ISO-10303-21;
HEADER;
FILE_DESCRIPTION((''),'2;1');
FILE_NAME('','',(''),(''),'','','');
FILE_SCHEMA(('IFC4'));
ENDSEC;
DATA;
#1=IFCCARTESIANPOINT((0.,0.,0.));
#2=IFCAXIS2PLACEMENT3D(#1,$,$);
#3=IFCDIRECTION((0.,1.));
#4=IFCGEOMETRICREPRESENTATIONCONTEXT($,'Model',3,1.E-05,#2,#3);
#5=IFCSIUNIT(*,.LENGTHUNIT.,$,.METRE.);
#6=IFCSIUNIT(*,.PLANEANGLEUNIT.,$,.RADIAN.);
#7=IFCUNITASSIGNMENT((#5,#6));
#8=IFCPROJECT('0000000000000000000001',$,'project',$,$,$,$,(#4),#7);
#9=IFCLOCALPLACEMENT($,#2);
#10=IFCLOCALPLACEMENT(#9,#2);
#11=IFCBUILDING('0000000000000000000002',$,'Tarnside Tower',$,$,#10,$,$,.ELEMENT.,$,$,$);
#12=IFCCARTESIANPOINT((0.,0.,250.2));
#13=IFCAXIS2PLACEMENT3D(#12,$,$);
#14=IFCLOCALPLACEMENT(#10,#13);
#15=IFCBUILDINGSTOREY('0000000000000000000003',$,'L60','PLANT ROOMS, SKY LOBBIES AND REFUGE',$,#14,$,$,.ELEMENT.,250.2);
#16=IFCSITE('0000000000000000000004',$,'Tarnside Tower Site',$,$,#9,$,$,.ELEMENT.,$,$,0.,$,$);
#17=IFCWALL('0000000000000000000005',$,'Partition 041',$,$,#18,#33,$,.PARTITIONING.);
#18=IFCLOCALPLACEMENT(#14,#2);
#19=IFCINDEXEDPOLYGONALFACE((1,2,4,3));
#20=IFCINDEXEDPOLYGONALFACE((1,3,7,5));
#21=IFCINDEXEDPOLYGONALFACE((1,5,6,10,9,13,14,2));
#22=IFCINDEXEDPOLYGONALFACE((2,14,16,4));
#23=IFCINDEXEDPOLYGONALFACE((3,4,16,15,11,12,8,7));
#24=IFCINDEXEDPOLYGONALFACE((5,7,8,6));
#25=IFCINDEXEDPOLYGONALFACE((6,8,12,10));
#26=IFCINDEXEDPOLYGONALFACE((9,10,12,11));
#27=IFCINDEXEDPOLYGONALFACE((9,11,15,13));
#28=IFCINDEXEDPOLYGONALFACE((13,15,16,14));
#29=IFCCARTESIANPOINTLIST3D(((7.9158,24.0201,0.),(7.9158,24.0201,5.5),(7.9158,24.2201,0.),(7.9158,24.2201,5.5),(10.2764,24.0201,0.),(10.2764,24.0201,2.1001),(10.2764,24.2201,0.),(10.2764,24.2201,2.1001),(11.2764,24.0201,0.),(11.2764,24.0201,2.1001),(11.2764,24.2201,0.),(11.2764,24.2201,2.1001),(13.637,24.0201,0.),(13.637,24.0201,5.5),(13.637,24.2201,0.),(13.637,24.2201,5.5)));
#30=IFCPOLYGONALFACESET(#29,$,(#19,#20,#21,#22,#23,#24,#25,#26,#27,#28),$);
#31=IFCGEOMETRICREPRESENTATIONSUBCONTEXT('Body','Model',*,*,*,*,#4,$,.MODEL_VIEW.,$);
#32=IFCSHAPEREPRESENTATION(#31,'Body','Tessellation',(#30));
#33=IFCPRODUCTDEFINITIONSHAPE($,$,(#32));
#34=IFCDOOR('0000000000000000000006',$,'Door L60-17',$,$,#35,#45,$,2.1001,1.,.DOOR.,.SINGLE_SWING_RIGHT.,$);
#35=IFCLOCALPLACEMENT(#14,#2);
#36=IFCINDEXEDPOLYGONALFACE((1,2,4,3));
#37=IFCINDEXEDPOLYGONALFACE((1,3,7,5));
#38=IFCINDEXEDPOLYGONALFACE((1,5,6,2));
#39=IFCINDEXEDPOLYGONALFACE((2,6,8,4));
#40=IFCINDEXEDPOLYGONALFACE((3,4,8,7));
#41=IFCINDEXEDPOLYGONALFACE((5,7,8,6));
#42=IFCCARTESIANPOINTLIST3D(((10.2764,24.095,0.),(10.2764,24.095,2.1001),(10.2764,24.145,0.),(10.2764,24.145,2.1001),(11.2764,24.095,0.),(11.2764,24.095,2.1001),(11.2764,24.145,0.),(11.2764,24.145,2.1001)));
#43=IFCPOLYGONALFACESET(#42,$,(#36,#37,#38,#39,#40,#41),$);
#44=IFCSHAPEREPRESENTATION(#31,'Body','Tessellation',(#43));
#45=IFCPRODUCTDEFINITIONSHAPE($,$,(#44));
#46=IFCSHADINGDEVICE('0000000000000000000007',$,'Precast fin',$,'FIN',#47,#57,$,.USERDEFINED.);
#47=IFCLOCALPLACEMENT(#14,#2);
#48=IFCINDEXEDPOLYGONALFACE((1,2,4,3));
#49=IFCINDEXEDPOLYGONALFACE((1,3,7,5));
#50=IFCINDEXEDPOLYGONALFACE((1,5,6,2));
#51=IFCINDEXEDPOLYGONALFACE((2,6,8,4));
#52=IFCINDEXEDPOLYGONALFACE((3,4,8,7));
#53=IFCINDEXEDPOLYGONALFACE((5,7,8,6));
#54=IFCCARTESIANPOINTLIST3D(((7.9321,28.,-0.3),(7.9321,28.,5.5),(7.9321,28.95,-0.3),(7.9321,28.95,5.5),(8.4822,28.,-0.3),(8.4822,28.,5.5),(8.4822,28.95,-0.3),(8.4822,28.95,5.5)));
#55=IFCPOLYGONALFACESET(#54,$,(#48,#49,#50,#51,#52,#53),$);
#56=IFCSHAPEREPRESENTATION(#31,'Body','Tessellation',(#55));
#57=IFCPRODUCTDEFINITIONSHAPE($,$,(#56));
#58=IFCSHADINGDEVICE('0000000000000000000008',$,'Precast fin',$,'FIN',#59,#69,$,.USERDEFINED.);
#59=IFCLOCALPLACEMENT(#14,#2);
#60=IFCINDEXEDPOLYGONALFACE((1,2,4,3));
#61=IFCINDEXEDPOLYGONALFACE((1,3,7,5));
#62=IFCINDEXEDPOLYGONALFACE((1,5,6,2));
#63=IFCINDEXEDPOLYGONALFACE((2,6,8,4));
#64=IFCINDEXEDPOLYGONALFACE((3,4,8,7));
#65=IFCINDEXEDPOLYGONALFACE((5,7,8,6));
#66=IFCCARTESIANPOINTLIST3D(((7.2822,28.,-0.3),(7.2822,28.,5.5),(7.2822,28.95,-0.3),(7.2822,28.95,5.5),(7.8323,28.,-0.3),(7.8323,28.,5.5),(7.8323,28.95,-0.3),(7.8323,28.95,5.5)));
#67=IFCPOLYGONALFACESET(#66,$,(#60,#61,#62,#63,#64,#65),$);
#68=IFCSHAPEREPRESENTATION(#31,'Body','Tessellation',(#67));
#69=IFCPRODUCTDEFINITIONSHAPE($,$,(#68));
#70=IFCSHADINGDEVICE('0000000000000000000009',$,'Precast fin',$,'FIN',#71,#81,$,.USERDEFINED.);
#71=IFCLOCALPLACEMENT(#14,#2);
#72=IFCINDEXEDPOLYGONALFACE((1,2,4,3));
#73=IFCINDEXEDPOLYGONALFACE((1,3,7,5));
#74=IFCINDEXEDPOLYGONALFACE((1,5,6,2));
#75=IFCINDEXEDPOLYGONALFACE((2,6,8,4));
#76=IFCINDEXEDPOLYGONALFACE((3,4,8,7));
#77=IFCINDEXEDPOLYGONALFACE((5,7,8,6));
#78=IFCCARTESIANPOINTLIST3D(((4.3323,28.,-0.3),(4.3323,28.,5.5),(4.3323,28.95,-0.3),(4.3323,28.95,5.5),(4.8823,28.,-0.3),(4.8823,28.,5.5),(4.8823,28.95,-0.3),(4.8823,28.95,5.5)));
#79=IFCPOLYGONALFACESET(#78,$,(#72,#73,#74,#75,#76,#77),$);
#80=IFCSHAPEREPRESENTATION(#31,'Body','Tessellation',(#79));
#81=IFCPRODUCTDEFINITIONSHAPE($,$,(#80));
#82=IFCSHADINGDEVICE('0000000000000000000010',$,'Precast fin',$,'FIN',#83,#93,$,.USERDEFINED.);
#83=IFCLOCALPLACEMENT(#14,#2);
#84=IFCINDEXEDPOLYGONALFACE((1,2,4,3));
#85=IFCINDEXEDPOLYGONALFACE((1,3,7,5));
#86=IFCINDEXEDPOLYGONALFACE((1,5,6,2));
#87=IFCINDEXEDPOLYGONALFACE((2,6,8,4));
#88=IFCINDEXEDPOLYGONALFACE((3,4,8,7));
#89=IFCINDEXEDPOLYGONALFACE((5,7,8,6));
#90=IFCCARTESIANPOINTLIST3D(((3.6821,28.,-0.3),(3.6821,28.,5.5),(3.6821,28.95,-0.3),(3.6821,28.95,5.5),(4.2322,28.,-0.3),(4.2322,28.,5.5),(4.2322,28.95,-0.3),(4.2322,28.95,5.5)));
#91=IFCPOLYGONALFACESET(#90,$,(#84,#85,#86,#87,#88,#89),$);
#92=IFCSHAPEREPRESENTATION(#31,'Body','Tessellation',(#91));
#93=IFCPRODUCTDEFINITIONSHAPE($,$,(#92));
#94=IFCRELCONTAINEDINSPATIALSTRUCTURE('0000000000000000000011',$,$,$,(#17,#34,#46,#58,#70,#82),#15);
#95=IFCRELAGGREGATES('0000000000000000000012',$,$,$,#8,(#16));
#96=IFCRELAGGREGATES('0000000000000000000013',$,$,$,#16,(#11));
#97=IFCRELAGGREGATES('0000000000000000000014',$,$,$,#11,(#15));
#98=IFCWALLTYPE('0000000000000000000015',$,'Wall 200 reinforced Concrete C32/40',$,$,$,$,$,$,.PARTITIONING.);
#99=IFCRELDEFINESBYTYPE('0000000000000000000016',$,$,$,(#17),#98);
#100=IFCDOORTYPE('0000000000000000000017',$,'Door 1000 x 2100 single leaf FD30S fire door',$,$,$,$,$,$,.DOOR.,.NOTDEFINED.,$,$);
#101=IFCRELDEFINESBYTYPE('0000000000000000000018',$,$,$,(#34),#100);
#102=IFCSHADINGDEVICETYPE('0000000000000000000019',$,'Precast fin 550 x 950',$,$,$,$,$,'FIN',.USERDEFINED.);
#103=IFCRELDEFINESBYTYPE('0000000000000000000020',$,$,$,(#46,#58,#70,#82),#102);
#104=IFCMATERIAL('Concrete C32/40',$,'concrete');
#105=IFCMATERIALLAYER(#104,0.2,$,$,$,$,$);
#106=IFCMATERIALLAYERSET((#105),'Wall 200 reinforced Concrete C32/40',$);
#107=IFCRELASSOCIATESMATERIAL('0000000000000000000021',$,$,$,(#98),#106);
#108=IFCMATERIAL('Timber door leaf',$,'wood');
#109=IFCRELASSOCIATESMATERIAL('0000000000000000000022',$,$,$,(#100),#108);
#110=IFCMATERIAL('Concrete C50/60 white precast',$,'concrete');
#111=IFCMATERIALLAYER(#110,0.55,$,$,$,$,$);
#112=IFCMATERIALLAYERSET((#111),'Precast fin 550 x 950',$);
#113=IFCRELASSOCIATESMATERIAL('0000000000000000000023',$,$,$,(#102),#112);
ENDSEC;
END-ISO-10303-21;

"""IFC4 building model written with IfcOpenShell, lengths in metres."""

from ifc_helpers import new_model, si_unit, direction, frame, frame_2d, origin, place, context, subcontext, project, spatial, polyline, rectangle, outline, extrude, material, layer, layer_set, type_object, element, fill, save


model = new_model("IFC4")

# Units and contexts
model_context = context("Model", 3, precision=1e-05, world=origin(), true_north=direction((0.0, 1.0)))
body_context = subcontext(model_context, "Body", "Model", "MODEL_VIEW")
ifc_project = project(units=[si_unit("LENGTHUNIT", "METRE"), si_unit("PLANEANGLEUNIT", "RADIAN")], contexts=[model_context])

# Site, building, storey
site_placement = place(None, origin())
site = spatial("IfcSite", under=ifc_project, at=site_placement, Name="Tarnside Tower Site", CompositionType="ELEMENT", RefElevation=0.0)
building_placement = place(site_placement, origin())
building = spatial("IfcBuilding", under=site, at=building_placement, Name="Tarnside Tower", CompositionType="ELEMENT")
storey_placement = place(building_placement, frame((0.0, 0.0, 250.2)))
storey = spatial("IfcBuildingStorey", under=building, at=storey_placement, Name="L60", Description="PLANT ROOMS, SKY LOBBIES AND REFUGE", CompositionType="ELEMENT", Elevation=250.2)

# Wall, opening, door
ifc_material_1 = material(Name="Concrete C32/40", Category="concrete")
ifc_layer_1 = layer(ifc_material_1, 0.2)
ifc_layer_set_1 = layer_set([ifc_layer_1], Name="Wall 200 reinforced Concrete C32/40")
wall_type_1 = type_object("IfcWallType", Name="Wall 200 reinforced Concrete C32/40", PredefinedType="PARTITIONING", material=ifc_layer_set_1)
ifc_material_2 = material(Name="Timber door leaf", Category="wood")
wall_1_placement = place(storey_placement, frame((7.9158, 24.1201, 0.0), z_axis=(0.0, 0.0, 1.0), x_axis=(1.0, 0.0, 0.0)))
wall_1 = element("IfcWall", 1, at=wall_1_placement, inside=storey, type_object=wall_type_1, Name="Partition 041", PredefinedType="PARTITIONING", context=body_context, shape_type="SweptSolid", body=[
    extrude(rectangle(XDim=5.7212, YDim=0.2, at=frame_2d((2.8606, 0.0))), origin(), (0.0, 0.0, 1.0), 5.5),
])
opening_1_placement = place(wall_1_placement, frame((2.3606, 0.0, 0.0)))
opening_1 = element("IfcOpeningElement", 2, at=opening_1_placement, cuts=wall_1, PredefinedType="OPENING", context=body_context, shape_type="SweptSolid", body=[
    extrude(rectangle(XDim=1.0, YDim=2.1001, at=frame_2d((0.5, 1.05))), frame((0.0, 0.1099, 0.0), z_axis=(0.0, -1.0, 0.0), x_axis=(1.0, 0.0, 0.0)), (0.0, 0.0, 1.0), 0.22),
])
door_type_1 = type_object("IfcDoorType", Name="Door 1000 x 2100 single leaf FD30S fire door", OperationType="NOTDEFINED", PredefinedType="DOOR", material=ifc_material_2)
door_1_placement = place(opening_1_placement, origin())
door_1 = element("IfcDoor", 3, at=door_1_placement, inside=storey, type_object=door_type_1, Name="Door L60-17", OperationType="SINGLE_SWING_RIGHT", OverallHeight=2.1001, OverallWidth=1.0, PredefinedType="DOOR", context=body_context, shape_type="SweptSolid", body=[
    extrude(rectangle(XDim=1.0, YDim=2.1001, at=frame_2d((0.5, 1.05))), frame((0.0, 0.0249, 0.0), z_axis=(0.0, -1.0, 0.0), x_axis=(1.0, 0.0, 0.0)), (0.0, 0.0, 1.0), 0.05),
])
fill(opening_1, door_1)

# Shading devices
ifc_material_3 = material(Name="Concrete C50/60 white precast", Category="concrete")
ifc_layer_2 = layer(ifc_material_3, 0.55)
ifc_layer_set_2 = layer_set([ifc_layer_2], Name="Precast fin 550 x 950")
shading_device_type = type_object("IfcShadingDeviceType", Name="Precast fin 550 x 950", ElementType="FIN", PredefinedType="USERDEFINED", material=ifc_layer_set_2)
for number, where, z_axis, x_axis, name in (
    (4, (8.207, 28.0, -0.3), (1.0, 0.0, 0.0), (0.0, 1.0, 0.0), "Precast fin"),
    (5, (7.5571, 28.0, -0.3), (1.0, 0.0, 0.0), (0.0, 1.0, 0.0), "Precast fin"),
    (6, (4.6072, 28.0, -0.3), (1.0, 0.0, 0.0), (0.0, 1.0, 0.0), "Precast fin"),
    (7, (3.957, 28.0, -0.3), (1.0, 0.0, 0.0), (0.0, 1.0, 0.0), "Precast fin"),
):
    element("IfcShadingDevice", number, at=place(storey_placement, frame(where, z_axis=z_axis, x_axis=x_axis)), inside=storey, type_object=shading_device_type, Name=name, ObjectType="FIN", PredefinedType="USERDEFINED", context=body_context, shape_type="SweptSolid", body=[
        extrude(outline(polyline([(0.0, 0.0), (0.95, 0.0), (0.95, 5.8), (0.0, 5.8), (0.0, 0.0)])), frame((0.0, 0.0, -0.2749)), (0.0, 0.0, 1.0), 0.55),
    ])

save(model, "model.ifc")
